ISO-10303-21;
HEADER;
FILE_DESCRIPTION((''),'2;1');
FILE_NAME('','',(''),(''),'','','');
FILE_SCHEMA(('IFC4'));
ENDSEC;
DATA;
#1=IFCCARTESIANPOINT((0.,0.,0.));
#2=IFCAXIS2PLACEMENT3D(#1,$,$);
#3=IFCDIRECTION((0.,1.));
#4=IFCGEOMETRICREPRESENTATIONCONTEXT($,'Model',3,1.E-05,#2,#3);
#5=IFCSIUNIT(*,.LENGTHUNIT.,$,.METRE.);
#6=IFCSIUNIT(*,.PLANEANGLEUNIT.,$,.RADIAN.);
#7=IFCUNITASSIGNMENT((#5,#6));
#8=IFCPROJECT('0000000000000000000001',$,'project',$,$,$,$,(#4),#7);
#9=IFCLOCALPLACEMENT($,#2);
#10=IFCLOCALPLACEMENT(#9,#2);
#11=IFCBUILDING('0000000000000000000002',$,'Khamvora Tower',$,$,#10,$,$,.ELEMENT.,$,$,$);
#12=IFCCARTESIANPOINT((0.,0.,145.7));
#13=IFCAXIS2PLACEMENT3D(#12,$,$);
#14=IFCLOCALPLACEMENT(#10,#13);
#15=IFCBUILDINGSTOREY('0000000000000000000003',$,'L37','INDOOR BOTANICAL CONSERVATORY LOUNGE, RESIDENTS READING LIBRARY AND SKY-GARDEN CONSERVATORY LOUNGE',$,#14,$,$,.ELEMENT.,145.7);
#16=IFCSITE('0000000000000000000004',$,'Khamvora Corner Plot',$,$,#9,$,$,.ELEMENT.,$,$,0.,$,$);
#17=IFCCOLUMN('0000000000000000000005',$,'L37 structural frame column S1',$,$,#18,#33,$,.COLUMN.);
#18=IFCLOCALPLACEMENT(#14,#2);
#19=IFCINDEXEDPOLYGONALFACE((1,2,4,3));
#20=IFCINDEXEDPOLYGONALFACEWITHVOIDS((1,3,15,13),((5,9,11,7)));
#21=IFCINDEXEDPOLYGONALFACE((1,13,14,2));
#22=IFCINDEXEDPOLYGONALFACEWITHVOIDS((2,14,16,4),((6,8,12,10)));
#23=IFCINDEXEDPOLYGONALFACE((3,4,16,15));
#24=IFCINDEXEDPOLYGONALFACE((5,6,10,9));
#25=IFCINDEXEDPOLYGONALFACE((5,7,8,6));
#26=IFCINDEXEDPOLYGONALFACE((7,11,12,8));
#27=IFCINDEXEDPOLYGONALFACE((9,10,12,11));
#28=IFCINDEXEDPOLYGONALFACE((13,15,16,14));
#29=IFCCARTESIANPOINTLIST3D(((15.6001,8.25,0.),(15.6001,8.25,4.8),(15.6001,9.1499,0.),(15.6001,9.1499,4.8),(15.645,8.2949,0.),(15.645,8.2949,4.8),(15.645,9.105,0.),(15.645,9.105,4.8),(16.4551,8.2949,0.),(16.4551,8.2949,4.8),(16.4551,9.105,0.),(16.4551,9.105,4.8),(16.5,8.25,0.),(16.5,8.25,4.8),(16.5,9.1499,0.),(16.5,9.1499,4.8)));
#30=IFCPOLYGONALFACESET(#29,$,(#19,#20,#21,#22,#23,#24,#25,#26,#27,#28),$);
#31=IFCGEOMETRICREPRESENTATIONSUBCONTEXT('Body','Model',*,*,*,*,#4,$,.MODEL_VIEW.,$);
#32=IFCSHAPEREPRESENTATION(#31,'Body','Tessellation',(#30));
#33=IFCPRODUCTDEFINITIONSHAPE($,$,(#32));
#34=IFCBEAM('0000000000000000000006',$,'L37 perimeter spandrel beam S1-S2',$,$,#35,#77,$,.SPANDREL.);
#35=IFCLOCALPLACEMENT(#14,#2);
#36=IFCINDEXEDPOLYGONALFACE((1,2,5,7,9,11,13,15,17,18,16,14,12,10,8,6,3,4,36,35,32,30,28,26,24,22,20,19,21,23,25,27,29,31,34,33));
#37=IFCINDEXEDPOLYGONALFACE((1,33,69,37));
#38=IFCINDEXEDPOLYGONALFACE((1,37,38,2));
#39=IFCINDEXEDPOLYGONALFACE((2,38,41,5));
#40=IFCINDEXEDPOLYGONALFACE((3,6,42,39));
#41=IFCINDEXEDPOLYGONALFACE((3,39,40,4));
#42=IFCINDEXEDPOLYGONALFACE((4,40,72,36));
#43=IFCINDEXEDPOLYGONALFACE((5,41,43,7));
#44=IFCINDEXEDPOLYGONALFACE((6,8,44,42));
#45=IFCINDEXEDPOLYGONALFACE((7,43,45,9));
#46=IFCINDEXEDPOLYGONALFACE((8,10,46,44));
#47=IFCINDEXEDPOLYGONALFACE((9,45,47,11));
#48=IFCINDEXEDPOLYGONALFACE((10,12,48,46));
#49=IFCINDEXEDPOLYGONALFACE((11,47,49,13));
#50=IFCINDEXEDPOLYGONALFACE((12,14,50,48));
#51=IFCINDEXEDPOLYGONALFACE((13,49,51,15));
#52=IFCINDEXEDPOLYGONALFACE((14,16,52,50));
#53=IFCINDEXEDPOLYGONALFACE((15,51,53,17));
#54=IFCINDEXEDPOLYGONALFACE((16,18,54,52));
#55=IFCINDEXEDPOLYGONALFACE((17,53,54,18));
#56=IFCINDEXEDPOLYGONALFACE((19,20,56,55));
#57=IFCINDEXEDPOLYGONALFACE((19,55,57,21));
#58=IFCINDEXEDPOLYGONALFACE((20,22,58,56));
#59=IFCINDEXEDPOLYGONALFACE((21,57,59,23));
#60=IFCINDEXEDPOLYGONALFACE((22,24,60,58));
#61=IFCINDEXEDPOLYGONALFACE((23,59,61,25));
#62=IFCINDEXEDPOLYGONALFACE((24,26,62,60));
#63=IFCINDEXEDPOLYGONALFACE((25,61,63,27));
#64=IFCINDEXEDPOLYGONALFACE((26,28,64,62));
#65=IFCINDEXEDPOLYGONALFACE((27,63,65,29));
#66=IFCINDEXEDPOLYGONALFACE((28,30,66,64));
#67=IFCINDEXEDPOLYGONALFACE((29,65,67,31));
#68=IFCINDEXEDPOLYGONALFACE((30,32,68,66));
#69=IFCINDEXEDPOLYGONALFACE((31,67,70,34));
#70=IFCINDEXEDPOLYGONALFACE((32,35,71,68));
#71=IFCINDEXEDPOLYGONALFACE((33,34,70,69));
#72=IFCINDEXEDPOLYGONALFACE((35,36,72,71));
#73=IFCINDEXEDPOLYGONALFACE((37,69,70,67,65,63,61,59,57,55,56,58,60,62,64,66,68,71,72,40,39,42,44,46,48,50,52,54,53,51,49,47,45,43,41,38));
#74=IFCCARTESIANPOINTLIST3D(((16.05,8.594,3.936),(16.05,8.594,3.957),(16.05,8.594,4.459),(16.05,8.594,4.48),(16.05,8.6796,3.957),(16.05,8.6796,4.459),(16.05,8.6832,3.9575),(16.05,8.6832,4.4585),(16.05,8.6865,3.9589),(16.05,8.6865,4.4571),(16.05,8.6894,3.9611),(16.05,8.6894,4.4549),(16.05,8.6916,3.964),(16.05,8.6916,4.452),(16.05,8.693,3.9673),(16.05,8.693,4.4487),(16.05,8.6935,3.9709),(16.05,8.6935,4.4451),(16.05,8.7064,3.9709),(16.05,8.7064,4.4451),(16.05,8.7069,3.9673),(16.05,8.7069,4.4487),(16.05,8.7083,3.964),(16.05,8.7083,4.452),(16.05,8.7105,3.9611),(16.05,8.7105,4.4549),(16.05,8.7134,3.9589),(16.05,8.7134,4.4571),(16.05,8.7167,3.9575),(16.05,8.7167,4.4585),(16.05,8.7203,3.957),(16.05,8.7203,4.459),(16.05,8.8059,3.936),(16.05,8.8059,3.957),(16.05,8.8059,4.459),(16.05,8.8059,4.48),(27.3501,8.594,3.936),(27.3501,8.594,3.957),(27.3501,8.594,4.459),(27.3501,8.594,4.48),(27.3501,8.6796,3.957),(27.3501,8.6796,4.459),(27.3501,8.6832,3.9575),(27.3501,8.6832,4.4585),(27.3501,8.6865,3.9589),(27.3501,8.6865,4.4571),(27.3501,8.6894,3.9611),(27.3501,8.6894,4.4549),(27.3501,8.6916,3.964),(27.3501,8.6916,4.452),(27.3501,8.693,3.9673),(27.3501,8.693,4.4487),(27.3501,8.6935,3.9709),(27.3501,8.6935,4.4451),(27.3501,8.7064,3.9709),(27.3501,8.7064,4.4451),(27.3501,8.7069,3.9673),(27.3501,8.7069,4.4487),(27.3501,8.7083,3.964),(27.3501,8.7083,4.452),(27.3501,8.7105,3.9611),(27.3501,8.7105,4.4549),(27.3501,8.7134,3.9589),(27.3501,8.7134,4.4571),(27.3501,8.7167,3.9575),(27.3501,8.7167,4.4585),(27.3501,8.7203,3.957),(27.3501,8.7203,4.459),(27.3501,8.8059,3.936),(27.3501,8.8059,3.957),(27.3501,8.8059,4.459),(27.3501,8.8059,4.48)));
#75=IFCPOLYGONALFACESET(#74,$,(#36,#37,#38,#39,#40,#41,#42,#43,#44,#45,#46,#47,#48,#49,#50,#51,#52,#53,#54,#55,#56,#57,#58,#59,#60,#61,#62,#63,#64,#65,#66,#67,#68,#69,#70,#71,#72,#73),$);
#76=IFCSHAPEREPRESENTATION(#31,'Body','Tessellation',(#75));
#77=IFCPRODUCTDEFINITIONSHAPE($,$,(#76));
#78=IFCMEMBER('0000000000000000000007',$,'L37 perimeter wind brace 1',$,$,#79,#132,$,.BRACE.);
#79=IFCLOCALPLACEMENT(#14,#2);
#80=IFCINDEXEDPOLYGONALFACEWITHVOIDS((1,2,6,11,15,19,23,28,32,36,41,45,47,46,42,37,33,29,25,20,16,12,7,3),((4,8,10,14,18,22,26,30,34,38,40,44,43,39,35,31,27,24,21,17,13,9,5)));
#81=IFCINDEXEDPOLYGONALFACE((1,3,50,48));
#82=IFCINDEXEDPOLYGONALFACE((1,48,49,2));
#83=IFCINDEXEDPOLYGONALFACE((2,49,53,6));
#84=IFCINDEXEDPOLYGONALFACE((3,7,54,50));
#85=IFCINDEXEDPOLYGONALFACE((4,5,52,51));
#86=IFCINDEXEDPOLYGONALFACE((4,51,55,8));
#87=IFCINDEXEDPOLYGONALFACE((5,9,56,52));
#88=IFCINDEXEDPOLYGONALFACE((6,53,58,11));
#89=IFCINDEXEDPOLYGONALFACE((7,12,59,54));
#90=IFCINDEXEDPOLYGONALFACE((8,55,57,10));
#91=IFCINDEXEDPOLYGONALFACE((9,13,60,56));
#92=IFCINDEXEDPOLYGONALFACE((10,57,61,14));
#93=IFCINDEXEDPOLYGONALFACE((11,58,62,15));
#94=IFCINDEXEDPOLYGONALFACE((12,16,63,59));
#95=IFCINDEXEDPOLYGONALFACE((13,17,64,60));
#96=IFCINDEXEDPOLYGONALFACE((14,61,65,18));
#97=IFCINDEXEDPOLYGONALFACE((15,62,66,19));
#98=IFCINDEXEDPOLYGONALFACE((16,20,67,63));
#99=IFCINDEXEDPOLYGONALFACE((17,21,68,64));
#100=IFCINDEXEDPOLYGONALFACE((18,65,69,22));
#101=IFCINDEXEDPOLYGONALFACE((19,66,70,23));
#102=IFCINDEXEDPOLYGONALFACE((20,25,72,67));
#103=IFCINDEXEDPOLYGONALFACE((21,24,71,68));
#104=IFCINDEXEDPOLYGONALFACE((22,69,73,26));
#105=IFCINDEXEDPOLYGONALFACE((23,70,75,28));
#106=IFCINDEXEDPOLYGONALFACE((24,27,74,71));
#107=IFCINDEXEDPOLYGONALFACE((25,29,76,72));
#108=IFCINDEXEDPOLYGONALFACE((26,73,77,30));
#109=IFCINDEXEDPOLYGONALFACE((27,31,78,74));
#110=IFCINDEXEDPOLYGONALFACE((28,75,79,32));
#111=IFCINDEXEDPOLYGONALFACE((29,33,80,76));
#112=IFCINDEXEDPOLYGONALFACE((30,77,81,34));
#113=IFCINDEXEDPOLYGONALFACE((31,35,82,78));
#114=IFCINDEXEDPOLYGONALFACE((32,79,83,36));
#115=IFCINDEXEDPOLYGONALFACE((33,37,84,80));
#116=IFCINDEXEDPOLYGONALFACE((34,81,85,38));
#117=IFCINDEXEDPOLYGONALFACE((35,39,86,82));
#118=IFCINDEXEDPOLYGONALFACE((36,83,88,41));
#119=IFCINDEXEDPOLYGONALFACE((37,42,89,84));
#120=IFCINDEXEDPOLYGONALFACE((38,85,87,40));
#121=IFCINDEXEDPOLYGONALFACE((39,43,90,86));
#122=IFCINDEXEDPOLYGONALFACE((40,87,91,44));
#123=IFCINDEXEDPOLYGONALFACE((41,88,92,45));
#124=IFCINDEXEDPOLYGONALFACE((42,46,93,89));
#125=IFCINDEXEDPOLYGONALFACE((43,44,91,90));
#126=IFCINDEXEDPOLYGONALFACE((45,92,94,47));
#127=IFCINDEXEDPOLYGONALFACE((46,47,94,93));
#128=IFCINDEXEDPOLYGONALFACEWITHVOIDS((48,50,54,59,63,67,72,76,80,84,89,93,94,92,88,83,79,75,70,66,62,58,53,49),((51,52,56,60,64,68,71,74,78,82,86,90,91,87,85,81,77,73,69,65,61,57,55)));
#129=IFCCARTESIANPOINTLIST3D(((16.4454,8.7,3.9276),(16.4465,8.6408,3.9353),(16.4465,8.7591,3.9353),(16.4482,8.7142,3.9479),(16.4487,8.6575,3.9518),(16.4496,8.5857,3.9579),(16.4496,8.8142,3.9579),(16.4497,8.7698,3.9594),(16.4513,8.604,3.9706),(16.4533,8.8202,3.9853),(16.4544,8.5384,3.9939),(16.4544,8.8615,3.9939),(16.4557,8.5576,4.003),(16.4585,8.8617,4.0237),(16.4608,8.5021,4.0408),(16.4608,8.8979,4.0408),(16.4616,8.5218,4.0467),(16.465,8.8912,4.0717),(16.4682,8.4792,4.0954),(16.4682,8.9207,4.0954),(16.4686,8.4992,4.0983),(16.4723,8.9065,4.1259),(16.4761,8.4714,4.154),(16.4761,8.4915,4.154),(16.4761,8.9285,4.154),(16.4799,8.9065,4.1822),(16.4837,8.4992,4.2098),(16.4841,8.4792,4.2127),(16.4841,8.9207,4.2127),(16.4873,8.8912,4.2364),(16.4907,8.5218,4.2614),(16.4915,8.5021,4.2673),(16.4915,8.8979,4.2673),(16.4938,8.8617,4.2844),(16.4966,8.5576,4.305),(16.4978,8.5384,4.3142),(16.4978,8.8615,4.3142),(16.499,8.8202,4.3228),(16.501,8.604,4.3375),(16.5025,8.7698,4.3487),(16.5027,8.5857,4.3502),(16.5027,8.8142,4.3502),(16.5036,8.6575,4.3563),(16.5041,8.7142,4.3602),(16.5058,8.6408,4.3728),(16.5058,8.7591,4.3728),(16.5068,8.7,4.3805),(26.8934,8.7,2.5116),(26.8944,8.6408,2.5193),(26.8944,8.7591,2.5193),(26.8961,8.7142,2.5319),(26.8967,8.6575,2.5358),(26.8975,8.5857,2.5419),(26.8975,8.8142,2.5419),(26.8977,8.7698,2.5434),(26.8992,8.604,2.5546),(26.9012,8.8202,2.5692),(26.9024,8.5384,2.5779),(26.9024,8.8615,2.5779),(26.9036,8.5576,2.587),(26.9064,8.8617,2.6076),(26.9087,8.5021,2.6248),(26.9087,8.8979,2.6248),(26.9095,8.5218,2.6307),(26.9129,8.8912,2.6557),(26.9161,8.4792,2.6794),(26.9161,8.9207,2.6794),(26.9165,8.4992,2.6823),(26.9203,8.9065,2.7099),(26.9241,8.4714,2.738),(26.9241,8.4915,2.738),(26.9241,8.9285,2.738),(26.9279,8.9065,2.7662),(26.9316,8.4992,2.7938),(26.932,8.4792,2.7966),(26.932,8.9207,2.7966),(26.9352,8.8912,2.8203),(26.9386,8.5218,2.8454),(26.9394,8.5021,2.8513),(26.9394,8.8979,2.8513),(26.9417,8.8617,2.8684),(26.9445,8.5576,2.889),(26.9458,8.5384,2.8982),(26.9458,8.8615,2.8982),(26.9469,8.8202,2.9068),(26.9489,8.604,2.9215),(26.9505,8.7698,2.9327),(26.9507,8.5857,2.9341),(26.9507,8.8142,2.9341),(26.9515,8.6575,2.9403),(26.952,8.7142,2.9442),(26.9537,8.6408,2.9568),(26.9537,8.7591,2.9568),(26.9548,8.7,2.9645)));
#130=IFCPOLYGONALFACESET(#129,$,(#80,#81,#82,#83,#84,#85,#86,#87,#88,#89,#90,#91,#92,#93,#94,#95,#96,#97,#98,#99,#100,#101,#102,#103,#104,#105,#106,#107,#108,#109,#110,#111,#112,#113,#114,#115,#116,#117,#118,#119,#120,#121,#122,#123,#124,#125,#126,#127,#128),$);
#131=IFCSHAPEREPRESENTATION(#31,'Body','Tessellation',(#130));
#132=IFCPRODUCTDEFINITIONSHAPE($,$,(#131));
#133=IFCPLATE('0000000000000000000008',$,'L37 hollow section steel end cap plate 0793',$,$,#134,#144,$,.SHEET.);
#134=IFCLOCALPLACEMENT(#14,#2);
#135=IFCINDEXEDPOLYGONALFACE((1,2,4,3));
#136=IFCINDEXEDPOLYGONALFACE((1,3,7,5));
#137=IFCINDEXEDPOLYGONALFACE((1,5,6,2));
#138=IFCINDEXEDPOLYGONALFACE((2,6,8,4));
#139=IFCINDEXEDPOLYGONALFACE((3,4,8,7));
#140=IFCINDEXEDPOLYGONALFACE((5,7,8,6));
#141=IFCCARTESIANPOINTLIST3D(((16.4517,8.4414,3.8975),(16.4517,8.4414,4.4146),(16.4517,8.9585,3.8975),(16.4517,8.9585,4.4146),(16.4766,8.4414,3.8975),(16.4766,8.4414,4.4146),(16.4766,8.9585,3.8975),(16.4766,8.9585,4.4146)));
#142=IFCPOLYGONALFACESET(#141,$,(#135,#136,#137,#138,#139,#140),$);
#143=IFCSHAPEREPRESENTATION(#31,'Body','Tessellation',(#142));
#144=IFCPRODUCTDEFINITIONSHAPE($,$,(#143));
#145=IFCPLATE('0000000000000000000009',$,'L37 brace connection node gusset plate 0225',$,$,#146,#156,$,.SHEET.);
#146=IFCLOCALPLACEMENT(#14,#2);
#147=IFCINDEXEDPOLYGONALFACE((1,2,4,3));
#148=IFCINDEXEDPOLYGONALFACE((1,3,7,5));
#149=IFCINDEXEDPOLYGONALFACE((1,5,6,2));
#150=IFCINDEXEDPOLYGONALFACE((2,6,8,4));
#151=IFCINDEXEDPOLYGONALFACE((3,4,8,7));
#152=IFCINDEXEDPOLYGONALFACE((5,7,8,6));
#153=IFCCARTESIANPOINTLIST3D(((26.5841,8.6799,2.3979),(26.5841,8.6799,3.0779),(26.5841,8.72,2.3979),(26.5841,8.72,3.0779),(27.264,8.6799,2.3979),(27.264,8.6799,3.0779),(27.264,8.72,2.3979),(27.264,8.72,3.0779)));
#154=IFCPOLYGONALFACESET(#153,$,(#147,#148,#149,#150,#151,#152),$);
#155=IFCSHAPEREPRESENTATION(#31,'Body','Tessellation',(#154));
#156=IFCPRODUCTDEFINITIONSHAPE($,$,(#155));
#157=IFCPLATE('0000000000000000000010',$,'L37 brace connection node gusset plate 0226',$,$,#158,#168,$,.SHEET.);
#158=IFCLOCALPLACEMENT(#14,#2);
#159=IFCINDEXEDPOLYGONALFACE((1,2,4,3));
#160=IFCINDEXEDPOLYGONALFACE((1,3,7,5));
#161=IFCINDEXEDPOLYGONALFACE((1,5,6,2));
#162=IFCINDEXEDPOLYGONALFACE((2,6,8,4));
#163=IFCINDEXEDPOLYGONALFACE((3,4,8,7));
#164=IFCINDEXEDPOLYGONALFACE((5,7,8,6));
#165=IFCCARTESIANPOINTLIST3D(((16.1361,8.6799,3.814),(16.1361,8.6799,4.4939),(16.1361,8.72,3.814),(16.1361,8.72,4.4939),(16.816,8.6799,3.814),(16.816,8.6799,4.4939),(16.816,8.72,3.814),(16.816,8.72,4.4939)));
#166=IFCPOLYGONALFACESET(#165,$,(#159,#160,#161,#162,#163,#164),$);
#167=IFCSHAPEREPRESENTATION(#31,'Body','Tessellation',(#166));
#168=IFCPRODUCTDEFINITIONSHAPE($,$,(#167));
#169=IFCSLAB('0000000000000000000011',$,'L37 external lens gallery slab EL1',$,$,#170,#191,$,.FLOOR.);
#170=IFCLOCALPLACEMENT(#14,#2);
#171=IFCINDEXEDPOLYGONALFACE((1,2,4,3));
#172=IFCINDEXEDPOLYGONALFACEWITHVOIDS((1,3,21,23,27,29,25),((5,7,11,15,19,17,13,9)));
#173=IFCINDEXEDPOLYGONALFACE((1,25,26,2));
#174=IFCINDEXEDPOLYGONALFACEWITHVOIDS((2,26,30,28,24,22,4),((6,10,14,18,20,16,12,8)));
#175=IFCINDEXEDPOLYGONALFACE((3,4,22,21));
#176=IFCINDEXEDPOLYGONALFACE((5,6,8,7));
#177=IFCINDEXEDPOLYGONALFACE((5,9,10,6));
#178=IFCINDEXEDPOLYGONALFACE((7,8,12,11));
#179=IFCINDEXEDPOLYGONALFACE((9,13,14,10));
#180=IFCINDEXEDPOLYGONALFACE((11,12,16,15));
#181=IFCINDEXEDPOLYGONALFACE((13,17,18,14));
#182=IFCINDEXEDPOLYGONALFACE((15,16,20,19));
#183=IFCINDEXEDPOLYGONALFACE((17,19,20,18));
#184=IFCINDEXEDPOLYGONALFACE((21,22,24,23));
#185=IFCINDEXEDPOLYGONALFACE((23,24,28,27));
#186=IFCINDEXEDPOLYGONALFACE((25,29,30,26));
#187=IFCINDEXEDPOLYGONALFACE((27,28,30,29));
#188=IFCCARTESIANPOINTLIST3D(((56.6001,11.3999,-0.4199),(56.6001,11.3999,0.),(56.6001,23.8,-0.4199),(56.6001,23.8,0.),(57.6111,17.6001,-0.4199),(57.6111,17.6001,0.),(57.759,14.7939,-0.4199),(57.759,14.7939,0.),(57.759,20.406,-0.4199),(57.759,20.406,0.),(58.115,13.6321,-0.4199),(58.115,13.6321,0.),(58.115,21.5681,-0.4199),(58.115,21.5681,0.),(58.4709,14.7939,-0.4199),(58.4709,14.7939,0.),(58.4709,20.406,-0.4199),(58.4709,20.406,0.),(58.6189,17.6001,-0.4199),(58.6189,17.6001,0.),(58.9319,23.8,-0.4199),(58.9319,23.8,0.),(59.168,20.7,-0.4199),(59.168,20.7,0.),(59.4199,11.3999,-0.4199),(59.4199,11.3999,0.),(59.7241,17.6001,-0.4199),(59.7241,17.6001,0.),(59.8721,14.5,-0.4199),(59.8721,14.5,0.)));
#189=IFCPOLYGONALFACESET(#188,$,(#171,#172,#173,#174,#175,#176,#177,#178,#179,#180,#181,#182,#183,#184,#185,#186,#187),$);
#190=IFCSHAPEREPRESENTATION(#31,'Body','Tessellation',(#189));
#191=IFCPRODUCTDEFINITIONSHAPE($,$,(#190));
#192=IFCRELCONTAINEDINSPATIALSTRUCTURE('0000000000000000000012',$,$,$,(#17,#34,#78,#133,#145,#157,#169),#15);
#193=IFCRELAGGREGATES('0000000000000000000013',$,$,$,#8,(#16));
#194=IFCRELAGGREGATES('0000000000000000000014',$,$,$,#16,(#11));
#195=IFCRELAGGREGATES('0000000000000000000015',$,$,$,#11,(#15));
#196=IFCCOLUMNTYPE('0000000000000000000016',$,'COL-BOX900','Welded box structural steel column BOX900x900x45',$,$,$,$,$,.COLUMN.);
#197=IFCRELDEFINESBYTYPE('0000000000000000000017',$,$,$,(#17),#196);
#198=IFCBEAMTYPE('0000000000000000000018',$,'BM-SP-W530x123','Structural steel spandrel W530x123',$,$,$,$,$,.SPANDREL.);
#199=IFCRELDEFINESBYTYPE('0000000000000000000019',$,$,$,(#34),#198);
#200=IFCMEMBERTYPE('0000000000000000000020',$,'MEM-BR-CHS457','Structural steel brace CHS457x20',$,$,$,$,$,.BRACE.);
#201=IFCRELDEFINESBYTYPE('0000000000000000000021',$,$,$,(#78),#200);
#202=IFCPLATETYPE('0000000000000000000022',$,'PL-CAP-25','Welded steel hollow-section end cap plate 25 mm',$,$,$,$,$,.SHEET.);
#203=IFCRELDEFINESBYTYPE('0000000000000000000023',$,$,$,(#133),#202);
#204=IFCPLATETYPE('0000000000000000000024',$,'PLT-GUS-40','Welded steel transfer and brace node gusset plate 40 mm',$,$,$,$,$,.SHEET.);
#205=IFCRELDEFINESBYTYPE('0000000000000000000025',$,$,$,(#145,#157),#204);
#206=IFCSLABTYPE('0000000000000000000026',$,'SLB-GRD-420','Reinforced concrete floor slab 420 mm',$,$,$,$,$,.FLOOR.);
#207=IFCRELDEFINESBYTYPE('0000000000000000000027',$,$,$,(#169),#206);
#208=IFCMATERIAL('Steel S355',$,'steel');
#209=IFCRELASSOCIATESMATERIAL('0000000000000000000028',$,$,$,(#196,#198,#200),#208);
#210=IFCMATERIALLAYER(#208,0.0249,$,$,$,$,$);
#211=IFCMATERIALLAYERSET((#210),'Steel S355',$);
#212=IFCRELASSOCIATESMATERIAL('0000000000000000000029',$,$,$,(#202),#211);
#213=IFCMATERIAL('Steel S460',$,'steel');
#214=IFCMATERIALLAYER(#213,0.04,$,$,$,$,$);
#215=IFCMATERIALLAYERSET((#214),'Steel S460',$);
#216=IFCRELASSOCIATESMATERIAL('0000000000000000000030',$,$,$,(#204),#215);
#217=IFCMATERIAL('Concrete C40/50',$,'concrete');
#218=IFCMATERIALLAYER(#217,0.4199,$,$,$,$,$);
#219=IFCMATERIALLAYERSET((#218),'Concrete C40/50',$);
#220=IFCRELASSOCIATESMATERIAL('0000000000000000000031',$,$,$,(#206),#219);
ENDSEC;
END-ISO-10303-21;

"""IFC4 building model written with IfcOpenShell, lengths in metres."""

from ifc_helpers import new_model, si_unit, direction, frame, origin, origin_2d, place, context, subcontext, project, spatial, polyline, rectangle, hollow_rectangle, hollow_circle, i_section, outline, extrude, material, layer, layer_set, material_profile, profile_set, type_object, element, save


model = new_model("IFC4")

# Units and contexts
model_context = context("Model", 3, precision=1e-05, world=origin(), true_north=direction((0.0, 1.0)))
body_context = subcontext(model_context, "Body", "Model", "MODEL_VIEW")
ifc_project = project(units=[si_unit("LENGTHUNIT", "METRE"), si_unit("PLANEANGLEUNIT", "RADIAN")], contexts=[model_context])

# Site, building, storey
site_placement = place(None, origin())
site = spatial("IfcSite", under=ifc_project, at=site_placement, Name="Khamvora Corner Plot", CompositionType="ELEMENT", RefElevation=0.0)
building_placement = place(site_placement, origin())
building = spatial("IfcBuilding", under=site, at=building_placement, Name="Khamvora Tower", CompositionType="ELEMENT")
storey_placement = place(building_placement, frame((0.0, 0.0, 145.7)))
storey = spatial("IfcBuildingStorey", under=building, at=storey_placement, Name="L37", Description="INDOOR BOTANICAL CONSERVATORY LOUNGE, RESIDENTS READING LIBRARY AND SKY-GARDEN CONSERVATORY LOUNGE", CompositionType="ELEMENT", Elevation=145.7)

# Column
ifc_material_1 = material(Name="Steel S355", Category="steel")
ifc_material_profile_1 = material_profile(ifc_material_1, hollow_rectangle(XDim=0.8999, YDim=0.8999, WallThickness=0.0449, at=origin_2d()), Name="BOX900x900x45")
ifc_profile_set_1 = profile_set([ifc_material_profile_1], Name="Steel S355")
column_type = type_object("IfcColumnType", Name="COL-BOX900", Description="Welded box structural steel column BOX900x900x45", PredefinedType="COLUMN", material=ifc_profile_set_1)
column_placement = place(storey_placement, frame((16.05, 8.7, 0.0), z_axis=(0.0, 0.0, 1.0), x_axis=(1.0, 0.0, 0.0)))
element("IfcColumn", 1, at=column_placement, inside=storey, type_object=column_type, Name="L37 structural frame column S1", PredefinedType="COLUMN", context=body_context, shape_type="SweptSolid", body=[
    extrude(hollow_rectangle(XDim=0.8999, YDim=0.8999, WallThickness=0.0449, at=origin_2d()), origin(), (0.0, 0.0, 1.0), 4.8),
])

# Beam
ifc_material_profile_2 = material_profile(ifc_material_1, i_section(OverallWidth=0.2119, OverallDepth=0.5439, WebThickness=0.0129, FlangeThickness=0.021, FilletRadius=0.0139, at=origin_2d()), Name="W530x123")
ifc_profile_set_2 = profile_set([ifc_material_profile_2], Name="Steel S355")
beam_type = type_object("IfcBeamType", Name="BM-SP-W530x123", Description="Structural steel spandrel W530x123", PredefinedType="SPANDREL", material=ifc_profile_set_2)
beam_placement = place(storey_placement, frame((16.05, 8.7, 4.208), z_axis=(1.0, 0.0, 0.0), x_axis=(0.0, 1.0, 0.0)))
element("IfcBeam", 2, at=beam_placement, inside=storey, type_object=beam_type, Name="L37 perimeter spandrel beam S1-S2", PredefinedType="SPANDREL", context=body_context, shape_type="SweptSolid", body=[
    extrude(i_section(OverallWidth=0.2119, OverallDepth=0.5439, WebThickness=0.0129, FlangeThickness=0.021, FilletRadius=0.0139, at=origin_2d()), origin(), (0.0, 0.0, 1.0), 11.3),
])

# Member
ifc_material_profile_3 = material_profile(ifc_material_1, hollow_circle(Radius=0.2285, WallThickness=0.02, at=origin_2d()), Name="CHS457x20")
ifc_profile_set_3 = profile_set([ifc_material_profile_3], Name="Steel S355")
member_type = type_object("IfcMemberType", Name="MEM-BR-CHS457", Description="Structural steel brace CHS457x20", PredefinedType="BRACE", material=ifc_profile_set_3)
member_placement = place(storey_placement, frame((26.9241, 8.7, 2.738), z_axis=(-0.99094, 0.0, 0.134302), x_axis=(0.0, -1.0, 0.0)))
element("IfcMember", 3, at=member_placement, inside=storey, type_object=member_type, Name="L37 perimeter wind brace 1", PredefinedType="BRACE", context=body_context, shape_type="SweptSolid", body=[
    extrude(hollow_circle(Radius=0.2285, WallThickness=0.02, at=origin_2d()), origin(), (0.0, 0.0, 1.0), 10.5435),
])

# Plates
ifc_layer_1 = layer(ifc_material_1, 0.0249)
ifc_layer_set_1 = layer_set([ifc_layer_1], Name="Steel S355")
plate_type_1 = type_object("IfcPlateType", Name="PL-CAP-25", Description="Welded steel hollow-section end cap plate 25 mm", PredefinedType="SHEET", material=ifc_layer_set_1)
plate_placement = place(storey_placement, frame((16.4641, 8.7, 3.8975), z_axis=(0.0, 0.0, 1.0), x_axis=(-1.0, 0.0, 0.0)))
element("IfcPlate", 4, at=plate_placement, inside=storey, type_object=plate_type_1, Name="L37 hollow section steel end cap plate 0793", PredefinedType="SHEET", context=body_context, shape_type="SweptSolid", body=[
    extrude(rectangle(XDim=0.0249, YDim=0.5171, at=origin_2d()), origin(), (0.0, 0.0, 1.0), 0.5171),
])
ifc_material_2 = material(Name="Steel S460", Category="steel")
ifc_layer_2 = layer(ifc_material_2, 0.04)
ifc_layer_set_2 = layer_set([ifc_layer_2], Name="Steel S460")
plate_type_2 = type_object("IfcPlateType", Name="PLT-GUS-40", Description="Welded steel transfer and brace node gusset plate 40 mm", PredefinedType="SHEET", material=ifc_layer_set_2)
for number, where, z_axis, x_axis, name in (
    (5, (26.9241, 8.7, 2.3979), (0.0, 0.0, 1.0), (1.0, 0.0, 0.0), "L37 brace connection node gusset plate 0225"),
    (6, (16.4761, 8.7, 3.814), (0.0, 0.0, 1.0), (1.0, 0.0, 0.0), "L37 brace connection node gusset plate 0226"),
):
    element("IfcPlate", number, at=place(storey_placement, frame(where, z_axis=z_axis, x_axis=x_axis)), inside=storey, type_object=plate_type_2, Name=name, PredefinedType="SHEET", context=body_context, shape_type="SweptSolid", body=[
        extrude(rectangle(XDim=0.6799, YDim=0.04, at=origin_2d()), origin(), (0.0, 0.0, 1.0), 0.6799),
    ])

# Slab
ifc_material_3 = material(Name="Concrete C40/50", Category="concrete")
ifc_layer_3 = layer(ifc_material_3, 0.4199)
ifc_layer_set_3 = layer_set([ifc_layer_3], Name="Concrete C40/50")
slab_type_1 = type_object("IfcSlabType", Name="SLB-GRD-420", Description="Reinforced concrete floor slab 420 mm", PredefinedType="FLOOR", material=ifc_layer_set_3)
slab_1_placement = place(storey_placement, frame((0.0, 0.0, -0.4199)))
element("IfcSlab", 7, at=slab_1_placement, inside=storey, type_object=slab_type_1, Name="L37 external lens gallery slab EL1", PredefinedType="FLOOR", context=body_context, shape_type="SweptSolid", body=[
    extrude(outline(polyline([(59.4199, 11.3999), (59.8721, 14.5), (59.7241, 17.6001), (59.168, 20.7), (58.9319, 23.8), (56.6001, 23.8), (56.6001, 11.3999), (59.4199, 11.3999)]), holes=[polyline([(58.6189, 17.6001), (58.4709, 20.406), (58.115, 21.5681), (57.759, 20.406), (57.6111, 17.6001), (57.759, 14.7939), (58.115, 13.6321), (58.4709, 14.7939), (58.6189, 17.6001)])]), origin(), (0.0, 0.0, 1.0), 0.4199),
])

save(model, "model.ifc")
